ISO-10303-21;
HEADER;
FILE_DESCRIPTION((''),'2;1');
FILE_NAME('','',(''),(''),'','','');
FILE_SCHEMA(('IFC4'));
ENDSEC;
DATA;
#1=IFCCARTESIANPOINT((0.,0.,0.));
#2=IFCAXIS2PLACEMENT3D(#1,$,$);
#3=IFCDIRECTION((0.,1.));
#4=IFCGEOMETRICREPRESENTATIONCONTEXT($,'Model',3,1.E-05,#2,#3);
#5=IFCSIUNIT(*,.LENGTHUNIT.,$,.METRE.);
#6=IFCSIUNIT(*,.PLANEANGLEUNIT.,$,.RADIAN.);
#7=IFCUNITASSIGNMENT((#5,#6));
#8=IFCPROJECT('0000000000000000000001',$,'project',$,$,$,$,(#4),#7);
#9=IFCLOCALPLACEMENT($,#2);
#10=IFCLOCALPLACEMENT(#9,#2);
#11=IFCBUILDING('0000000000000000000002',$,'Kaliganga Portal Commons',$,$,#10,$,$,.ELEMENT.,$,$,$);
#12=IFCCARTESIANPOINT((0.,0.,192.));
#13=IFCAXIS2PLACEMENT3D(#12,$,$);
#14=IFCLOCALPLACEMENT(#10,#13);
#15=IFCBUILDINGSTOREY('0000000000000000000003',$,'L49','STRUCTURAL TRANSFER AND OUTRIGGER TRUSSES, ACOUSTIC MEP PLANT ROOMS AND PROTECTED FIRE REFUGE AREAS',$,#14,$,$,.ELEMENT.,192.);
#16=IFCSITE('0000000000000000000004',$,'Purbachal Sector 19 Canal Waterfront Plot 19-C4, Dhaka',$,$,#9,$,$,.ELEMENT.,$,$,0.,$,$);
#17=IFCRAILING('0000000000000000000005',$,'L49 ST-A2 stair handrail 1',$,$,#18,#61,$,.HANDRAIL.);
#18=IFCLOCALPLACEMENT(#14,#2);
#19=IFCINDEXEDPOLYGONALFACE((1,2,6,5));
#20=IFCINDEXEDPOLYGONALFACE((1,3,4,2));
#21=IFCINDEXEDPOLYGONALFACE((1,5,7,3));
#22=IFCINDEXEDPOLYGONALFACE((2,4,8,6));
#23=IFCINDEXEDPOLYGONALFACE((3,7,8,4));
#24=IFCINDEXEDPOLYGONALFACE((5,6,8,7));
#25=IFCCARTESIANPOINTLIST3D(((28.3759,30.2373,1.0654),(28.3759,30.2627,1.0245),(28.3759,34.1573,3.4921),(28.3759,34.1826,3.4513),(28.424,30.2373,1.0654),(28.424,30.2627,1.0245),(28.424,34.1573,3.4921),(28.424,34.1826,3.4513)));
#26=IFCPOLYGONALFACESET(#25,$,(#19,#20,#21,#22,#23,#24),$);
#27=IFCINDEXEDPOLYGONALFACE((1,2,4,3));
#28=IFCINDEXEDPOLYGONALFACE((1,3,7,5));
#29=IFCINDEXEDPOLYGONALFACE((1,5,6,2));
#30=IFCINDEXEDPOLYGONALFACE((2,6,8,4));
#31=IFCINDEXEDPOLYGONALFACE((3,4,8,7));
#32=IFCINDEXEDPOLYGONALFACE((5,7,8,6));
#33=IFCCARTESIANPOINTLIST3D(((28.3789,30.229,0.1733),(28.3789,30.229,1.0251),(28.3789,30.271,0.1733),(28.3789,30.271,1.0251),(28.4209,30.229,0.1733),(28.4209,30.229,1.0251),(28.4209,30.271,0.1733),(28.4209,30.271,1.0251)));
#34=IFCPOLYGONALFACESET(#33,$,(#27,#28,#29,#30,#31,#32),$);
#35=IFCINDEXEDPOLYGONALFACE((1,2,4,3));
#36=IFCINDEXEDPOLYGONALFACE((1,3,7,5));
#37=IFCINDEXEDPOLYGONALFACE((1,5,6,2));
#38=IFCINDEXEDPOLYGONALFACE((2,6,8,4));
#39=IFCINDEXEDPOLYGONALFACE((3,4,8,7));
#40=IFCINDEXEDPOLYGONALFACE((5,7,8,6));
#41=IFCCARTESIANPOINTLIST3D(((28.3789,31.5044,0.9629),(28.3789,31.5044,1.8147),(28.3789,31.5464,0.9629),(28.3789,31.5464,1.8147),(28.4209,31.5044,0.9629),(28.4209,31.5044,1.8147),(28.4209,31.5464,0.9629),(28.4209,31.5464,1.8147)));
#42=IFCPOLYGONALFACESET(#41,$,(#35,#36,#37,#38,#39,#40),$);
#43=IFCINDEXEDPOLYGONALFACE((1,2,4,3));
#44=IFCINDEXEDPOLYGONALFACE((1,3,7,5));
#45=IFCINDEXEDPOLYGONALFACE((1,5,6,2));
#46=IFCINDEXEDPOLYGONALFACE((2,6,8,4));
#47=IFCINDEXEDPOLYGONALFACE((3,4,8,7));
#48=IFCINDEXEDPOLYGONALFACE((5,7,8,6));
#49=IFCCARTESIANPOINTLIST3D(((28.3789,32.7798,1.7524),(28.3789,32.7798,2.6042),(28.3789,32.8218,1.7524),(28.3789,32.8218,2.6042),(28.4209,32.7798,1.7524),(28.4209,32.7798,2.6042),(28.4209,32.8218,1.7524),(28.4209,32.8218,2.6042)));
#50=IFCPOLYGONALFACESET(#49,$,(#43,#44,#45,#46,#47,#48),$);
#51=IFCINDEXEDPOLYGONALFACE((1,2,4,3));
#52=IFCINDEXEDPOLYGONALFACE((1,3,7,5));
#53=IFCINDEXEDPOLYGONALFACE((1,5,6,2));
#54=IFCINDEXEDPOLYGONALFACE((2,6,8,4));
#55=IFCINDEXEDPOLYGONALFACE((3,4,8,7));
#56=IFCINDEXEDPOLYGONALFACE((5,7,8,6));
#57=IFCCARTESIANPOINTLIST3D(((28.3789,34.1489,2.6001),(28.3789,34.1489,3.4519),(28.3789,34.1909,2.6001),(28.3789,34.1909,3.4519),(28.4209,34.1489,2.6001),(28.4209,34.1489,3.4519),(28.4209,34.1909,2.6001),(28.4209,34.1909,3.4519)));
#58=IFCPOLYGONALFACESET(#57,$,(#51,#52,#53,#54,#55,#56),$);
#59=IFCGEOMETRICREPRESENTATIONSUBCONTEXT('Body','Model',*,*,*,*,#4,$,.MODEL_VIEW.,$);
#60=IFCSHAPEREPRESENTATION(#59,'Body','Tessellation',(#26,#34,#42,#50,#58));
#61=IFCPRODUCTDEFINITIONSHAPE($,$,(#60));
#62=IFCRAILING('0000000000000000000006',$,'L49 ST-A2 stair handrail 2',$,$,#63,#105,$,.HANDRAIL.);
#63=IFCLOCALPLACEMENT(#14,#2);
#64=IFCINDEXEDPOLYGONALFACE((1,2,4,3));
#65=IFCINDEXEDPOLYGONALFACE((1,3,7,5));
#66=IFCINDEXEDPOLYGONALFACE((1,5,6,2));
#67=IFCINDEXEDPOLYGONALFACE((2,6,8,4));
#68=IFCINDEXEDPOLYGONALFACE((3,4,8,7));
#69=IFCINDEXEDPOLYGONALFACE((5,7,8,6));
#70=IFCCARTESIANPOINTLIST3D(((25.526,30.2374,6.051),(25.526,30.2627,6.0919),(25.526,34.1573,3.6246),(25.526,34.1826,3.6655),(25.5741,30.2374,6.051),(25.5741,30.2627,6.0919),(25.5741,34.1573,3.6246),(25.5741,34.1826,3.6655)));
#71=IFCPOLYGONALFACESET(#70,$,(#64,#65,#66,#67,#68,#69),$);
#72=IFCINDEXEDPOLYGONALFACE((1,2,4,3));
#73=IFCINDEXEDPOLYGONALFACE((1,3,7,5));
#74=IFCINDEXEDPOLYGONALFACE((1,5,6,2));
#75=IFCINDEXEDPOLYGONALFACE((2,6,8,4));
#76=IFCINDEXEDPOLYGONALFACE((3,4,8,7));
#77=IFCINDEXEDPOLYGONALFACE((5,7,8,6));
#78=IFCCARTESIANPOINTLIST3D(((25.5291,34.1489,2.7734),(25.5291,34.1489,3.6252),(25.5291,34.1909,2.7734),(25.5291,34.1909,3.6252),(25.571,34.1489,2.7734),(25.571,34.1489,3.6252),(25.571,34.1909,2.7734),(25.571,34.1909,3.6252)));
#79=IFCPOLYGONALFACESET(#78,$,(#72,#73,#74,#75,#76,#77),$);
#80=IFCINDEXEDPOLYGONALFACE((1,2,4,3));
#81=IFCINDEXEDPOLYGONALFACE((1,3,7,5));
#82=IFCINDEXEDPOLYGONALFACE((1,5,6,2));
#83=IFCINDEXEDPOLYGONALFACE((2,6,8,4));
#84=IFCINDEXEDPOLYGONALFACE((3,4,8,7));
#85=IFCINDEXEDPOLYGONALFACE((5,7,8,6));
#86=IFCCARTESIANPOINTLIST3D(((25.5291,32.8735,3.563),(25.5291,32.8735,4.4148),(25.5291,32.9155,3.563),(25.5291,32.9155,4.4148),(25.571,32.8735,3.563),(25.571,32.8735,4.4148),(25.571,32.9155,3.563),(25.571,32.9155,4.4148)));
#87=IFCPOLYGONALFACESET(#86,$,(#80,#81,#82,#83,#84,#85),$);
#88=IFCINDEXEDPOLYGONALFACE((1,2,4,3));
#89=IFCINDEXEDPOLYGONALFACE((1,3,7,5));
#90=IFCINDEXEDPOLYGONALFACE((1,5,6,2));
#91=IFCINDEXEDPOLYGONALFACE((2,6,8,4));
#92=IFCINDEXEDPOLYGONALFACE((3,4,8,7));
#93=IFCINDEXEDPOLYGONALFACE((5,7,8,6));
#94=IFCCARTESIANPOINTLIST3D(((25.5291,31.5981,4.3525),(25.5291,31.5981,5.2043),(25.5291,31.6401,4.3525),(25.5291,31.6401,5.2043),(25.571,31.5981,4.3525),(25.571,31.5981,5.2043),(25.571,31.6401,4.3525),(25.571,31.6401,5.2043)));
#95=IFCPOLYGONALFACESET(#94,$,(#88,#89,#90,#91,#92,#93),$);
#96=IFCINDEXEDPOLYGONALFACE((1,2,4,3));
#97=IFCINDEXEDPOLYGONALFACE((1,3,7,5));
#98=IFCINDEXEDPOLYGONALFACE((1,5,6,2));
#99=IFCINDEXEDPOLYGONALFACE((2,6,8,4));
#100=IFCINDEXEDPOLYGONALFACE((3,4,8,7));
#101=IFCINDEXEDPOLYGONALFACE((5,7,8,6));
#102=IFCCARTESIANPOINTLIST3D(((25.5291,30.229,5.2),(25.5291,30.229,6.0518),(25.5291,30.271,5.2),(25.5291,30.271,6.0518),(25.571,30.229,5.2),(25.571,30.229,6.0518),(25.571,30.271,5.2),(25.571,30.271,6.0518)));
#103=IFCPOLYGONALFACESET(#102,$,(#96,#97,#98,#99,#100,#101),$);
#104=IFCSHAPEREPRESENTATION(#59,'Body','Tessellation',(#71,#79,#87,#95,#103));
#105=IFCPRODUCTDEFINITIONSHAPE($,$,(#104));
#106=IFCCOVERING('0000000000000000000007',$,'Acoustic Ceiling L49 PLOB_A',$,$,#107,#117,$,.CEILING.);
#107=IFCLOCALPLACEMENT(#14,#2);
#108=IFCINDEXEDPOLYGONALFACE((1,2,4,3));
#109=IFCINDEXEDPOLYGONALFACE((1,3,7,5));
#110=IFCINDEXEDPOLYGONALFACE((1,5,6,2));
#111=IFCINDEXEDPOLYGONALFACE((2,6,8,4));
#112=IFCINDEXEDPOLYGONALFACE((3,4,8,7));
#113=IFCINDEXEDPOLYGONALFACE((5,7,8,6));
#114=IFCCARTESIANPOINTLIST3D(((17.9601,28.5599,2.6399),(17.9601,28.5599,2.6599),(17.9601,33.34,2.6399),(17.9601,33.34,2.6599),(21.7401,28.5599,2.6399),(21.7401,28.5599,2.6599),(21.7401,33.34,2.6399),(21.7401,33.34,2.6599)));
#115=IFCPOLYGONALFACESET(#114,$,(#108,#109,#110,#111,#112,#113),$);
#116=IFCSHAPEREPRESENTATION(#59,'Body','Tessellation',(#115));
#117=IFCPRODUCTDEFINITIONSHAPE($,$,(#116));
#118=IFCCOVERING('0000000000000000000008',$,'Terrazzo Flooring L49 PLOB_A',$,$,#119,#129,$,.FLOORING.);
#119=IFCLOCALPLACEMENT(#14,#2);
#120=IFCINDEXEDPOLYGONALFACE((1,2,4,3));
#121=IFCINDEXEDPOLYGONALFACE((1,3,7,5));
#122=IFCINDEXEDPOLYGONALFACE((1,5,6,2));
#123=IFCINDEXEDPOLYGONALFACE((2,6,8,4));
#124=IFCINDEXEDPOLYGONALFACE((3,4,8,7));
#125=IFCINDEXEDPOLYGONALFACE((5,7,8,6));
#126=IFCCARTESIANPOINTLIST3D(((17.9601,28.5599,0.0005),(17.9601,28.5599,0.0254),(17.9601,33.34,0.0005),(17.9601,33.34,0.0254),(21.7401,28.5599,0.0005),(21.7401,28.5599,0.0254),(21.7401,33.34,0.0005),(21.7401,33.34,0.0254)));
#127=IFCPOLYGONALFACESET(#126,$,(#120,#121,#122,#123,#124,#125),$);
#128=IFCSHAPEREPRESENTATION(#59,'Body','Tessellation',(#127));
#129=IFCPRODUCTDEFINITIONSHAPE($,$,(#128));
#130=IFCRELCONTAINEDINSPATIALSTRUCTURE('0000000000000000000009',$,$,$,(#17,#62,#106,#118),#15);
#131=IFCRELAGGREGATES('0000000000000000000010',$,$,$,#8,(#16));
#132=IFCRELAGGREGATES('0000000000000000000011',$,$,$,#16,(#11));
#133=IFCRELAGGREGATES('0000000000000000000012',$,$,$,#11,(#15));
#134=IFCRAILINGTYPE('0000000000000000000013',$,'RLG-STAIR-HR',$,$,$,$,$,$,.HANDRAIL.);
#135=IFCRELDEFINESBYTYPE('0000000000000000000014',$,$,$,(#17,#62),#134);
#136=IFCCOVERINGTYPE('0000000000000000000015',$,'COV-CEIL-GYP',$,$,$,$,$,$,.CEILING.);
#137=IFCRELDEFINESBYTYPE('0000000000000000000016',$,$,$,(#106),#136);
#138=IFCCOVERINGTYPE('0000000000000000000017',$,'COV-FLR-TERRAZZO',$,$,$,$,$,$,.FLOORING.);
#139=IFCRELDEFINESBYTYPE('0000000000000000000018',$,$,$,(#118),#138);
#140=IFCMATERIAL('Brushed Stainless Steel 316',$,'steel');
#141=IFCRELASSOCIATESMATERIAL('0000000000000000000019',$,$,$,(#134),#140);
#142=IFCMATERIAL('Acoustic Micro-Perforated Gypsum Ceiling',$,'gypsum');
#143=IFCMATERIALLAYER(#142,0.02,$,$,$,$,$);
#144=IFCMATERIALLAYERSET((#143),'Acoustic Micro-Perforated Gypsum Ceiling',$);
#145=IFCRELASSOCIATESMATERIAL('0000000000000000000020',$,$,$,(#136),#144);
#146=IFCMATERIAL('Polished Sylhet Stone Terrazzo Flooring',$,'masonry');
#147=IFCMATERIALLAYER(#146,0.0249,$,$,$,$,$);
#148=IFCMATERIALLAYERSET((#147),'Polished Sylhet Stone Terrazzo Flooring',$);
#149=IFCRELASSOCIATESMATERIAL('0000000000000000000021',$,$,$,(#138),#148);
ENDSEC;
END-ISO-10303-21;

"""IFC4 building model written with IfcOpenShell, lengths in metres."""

from ifc_helpers import new_model, si_unit, direction, frame, origin, origin_2d, place, context, subcontext, project, spatial, rectangle, extrude, source, transform, mapped, material, layer, layer_set, type_object, element, save


model = new_model("IFC4")

# Units and contexts
model_context = context("Model", 3, precision=1e-05, world=origin(), true_north=direction((0.0, 1.0)))
body_context = subcontext(model_context, "Body", "Model", "MODEL_VIEW")
ifc_project = project(units=[si_unit("LENGTHUNIT", "METRE"), si_unit("PLANEANGLEUNIT", "RADIAN")], contexts=[model_context])

# Site, building, storey
site_placement = place(None, origin())
site = spatial("IfcSite", under=ifc_project, at=site_placement, Name="Purbachal Sector 19 Canal Waterfront Plot 19-C4, Dhaka", CompositionType="ELEMENT", RefElevation=0.0)
building_placement = place(site_placement, origin())
building = spatial("IfcBuilding", under=site, at=building_placement, Name="Kaliganga Portal Commons", CompositionType="ELEMENT")
storey_placement = place(building_placement, frame((0.0, 0.0, 192.0)))
storey = spatial("IfcBuildingStorey", under=building, at=storey_placement, Name="L49", Description="STRUCTURAL TRANSFER AND OUTRIGGER TRUSSES, ACOUSTIC MEP PLANT ROOMS AND PROTECTED FIRE REFUGE AREAS", CompositionType="ELEMENT", Elevation=192.0)

# Railings
ifc_material_1 = material(Name="Brushed Stainless Steel 316", Category="steel")
railing_type_1 = type_object("IfcRailingType", Name="RLG-STAIR-HR", PredefinedType="HANDRAIL", material=ifc_material_1)
railing_1_placement = place(storey_placement, frame((28.3999, 30.25, 0.1733)))
element("IfcRailing", 1, at=railing_1_placement, inside=storey, type_object=railing_type_1, Name="L49 ST-A2 stair handrail 1", PredefinedType="HANDRAIL", context=body_context, shape_type="SweptSolid", body=[
    extrude(rectangle(XDim=0.0481, YDim=0.0481, at=origin_2d()), frame((0.0, 0.0, 0.8716), z_axis=(0.0, 0.850252, 0.526376), x_axis=(-1.0, 0.0, 0.0)), (0.0, 0.0, 1.0), 4.6104),
    extrude(rectangle(XDim=0.042, YDim=0.042, at=origin_2d()), origin(), (0.0, 0.0, 1.0), 0.8518),
    extrude(rectangle(XDim=0.042, YDim=0.042, at=origin_2d()), frame((0.0, 1.2754, 0.7896)), (0.0, 0.0, 1.0), 0.8518),
    extrude(rectangle(XDim=0.042, YDim=0.042, at=origin_2d()), frame((0.0, 2.5508, 1.5791)), (0.0, 0.0, 1.0), 0.8518),
    extrude(rectangle(XDim=0.042, YDim=0.042, at=origin_2d()), frame((0.0, 3.9199, 2.4268)), (0.0, 0.0, 1.0), 0.8518),
])
railing_2_placement = place(storey_placement, frame((25.55, 34.1699, 2.7734)))
element("IfcRailing", 2, at=railing_2_placement, inside=storey, type_object=railing_type_1, Name="L49 ST-A2 stair handrail 2", PredefinedType="HANDRAIL", context=body_context, shape_type="SweptSolid", body=[
    extrude(rectangle(XDim=0.0481, YDim=0.0481, at=origin_2d()), frame((0.0, 0.0, 0.8716), z_axis=(0.0, -0.850275, 0.526338), x_axis=(1.0, 0.0, 0.0)), (0.0, 0.0, 1.0), 4.6101),
    extrude(rectangle(XDim=0.042, YDim=0.042, at=origin_2d()), origin(), (0.0, 0.0, 1.0), 0.8518),
    extrude(rectangle(XDim=0.042, YDim=0.042, at=origin_2d()), frame((0.0, -1.2754, 0.7896)), (0.0, 0.0, 1.0), 0.8518),
    extrude(rectangle(XDim=0.042, YDim=0.042, at=origin_2d()), frame((0.0, -2.5508, 1.5791)), (0.0, 0.0, 1.0), 0.8518),
    extrude(rectangle(XDim=0.042, YDim=0.042, at=origin_2d()), frame((0.0, -3.9199, 2.4265)), (0.0, 0.0, 1.0), 0.8518),
])

# Coverings
ifc_material_2 = material(Name="Acoustic Micro-Perforated Gypsum Ceiling", Category="gypsum")
ifc_layer_1 = layer(ifc_material_2, 0.02)
ifc_layer_set_1 = layer_set([ifc_layer_1], Name="Acoustic Micro-Perforated Gypsum Ceiling")
covering_type_1 = type_object("IfcCoveringType", Name="COV-CEIL-GYP", PredefinedType="CEILING", material=ifc_layer_set_1)
shared_shape_1 = source(origin(), body_context, "Body", "SweptSolid", [
    extrude(rectangle(XDim=3.78, YDim=4.78, at=origin_2d()), origin(), (0.0, 0.0, 1.0), 0.02),
])
covering_1_placement = place(storey_placement, frame((19.8501, 30.95, 2.6399), z_axis=(0.0, 0.0, 1.0), x_axis=(1.0, 0.0, 0.0)))
element("IfcCovering", 3, at=covering_1_placement, inside=storey, type_object=covering_type_1, Name="Acoustic Ceiling L49 PLOB_A", PredefinedType="CEILING", context=body_context, shape_type="MappedRepresentation", body=[
    mapped(shared_shape_1, transform((0.0, 0.0, 0.0), x_axis=(1.0, 0.0, 0.0), y_axis=(0.0, 1.0, 0.0), z_axis=(0.0, 0.0, 1.0), scale=1.0)),
])
ifc_material_3 = material(Name="Polished Sylhet Stone Terrazzo Flooring", Category="masonry")
ifc_layer_2 = layer(ifc_material_3, 0.0249)
ifc_layer_set_2 = layer_set([ifc_layer_2], Name="Polished Sylhet Stone Terrazzo Flooring")
covering_type_2 = type_object("IfcCoveringType", Name="COV-FLR-TERRAZZO", PredefinedType="FLOORING", material=ifc_layer_set_2)
shared_shape_2 = source(origin(), body_context, "Body", "SweptSolid", [
    extrude(rectangle(XDim=3.78, YDim=4.78, at=origin_2d()), origin(), (0.0, 0.0, 1.0), 0.0249),
])
covering_2_placement = place(storey_placement, frame((19.8501, 30.95, 0.0005), z_axis=(0.0, 0.0, 1.0), x_axis=(1.0, 0.0, 0.0)))
element("IfcCovering", 4, at=covering_2_placement, inside=storey, type_object=covering_type_2, Name="Terrazzo Flooring L49 PLOB_A", PredefinedType="FLOORING", context=body_context, shape_type="MappedRepresentation", body=[
    mapped(shared_shape_2, transform((0.0, 0.0, 0.0), x_axis=(1.0, 0.0, 0.0), y_axis=(0.0, 1.0, 0.0), z_axis=(0.0, 0.0, 1.0), scale=1.0)),
])

save(model, "model.ifc")
